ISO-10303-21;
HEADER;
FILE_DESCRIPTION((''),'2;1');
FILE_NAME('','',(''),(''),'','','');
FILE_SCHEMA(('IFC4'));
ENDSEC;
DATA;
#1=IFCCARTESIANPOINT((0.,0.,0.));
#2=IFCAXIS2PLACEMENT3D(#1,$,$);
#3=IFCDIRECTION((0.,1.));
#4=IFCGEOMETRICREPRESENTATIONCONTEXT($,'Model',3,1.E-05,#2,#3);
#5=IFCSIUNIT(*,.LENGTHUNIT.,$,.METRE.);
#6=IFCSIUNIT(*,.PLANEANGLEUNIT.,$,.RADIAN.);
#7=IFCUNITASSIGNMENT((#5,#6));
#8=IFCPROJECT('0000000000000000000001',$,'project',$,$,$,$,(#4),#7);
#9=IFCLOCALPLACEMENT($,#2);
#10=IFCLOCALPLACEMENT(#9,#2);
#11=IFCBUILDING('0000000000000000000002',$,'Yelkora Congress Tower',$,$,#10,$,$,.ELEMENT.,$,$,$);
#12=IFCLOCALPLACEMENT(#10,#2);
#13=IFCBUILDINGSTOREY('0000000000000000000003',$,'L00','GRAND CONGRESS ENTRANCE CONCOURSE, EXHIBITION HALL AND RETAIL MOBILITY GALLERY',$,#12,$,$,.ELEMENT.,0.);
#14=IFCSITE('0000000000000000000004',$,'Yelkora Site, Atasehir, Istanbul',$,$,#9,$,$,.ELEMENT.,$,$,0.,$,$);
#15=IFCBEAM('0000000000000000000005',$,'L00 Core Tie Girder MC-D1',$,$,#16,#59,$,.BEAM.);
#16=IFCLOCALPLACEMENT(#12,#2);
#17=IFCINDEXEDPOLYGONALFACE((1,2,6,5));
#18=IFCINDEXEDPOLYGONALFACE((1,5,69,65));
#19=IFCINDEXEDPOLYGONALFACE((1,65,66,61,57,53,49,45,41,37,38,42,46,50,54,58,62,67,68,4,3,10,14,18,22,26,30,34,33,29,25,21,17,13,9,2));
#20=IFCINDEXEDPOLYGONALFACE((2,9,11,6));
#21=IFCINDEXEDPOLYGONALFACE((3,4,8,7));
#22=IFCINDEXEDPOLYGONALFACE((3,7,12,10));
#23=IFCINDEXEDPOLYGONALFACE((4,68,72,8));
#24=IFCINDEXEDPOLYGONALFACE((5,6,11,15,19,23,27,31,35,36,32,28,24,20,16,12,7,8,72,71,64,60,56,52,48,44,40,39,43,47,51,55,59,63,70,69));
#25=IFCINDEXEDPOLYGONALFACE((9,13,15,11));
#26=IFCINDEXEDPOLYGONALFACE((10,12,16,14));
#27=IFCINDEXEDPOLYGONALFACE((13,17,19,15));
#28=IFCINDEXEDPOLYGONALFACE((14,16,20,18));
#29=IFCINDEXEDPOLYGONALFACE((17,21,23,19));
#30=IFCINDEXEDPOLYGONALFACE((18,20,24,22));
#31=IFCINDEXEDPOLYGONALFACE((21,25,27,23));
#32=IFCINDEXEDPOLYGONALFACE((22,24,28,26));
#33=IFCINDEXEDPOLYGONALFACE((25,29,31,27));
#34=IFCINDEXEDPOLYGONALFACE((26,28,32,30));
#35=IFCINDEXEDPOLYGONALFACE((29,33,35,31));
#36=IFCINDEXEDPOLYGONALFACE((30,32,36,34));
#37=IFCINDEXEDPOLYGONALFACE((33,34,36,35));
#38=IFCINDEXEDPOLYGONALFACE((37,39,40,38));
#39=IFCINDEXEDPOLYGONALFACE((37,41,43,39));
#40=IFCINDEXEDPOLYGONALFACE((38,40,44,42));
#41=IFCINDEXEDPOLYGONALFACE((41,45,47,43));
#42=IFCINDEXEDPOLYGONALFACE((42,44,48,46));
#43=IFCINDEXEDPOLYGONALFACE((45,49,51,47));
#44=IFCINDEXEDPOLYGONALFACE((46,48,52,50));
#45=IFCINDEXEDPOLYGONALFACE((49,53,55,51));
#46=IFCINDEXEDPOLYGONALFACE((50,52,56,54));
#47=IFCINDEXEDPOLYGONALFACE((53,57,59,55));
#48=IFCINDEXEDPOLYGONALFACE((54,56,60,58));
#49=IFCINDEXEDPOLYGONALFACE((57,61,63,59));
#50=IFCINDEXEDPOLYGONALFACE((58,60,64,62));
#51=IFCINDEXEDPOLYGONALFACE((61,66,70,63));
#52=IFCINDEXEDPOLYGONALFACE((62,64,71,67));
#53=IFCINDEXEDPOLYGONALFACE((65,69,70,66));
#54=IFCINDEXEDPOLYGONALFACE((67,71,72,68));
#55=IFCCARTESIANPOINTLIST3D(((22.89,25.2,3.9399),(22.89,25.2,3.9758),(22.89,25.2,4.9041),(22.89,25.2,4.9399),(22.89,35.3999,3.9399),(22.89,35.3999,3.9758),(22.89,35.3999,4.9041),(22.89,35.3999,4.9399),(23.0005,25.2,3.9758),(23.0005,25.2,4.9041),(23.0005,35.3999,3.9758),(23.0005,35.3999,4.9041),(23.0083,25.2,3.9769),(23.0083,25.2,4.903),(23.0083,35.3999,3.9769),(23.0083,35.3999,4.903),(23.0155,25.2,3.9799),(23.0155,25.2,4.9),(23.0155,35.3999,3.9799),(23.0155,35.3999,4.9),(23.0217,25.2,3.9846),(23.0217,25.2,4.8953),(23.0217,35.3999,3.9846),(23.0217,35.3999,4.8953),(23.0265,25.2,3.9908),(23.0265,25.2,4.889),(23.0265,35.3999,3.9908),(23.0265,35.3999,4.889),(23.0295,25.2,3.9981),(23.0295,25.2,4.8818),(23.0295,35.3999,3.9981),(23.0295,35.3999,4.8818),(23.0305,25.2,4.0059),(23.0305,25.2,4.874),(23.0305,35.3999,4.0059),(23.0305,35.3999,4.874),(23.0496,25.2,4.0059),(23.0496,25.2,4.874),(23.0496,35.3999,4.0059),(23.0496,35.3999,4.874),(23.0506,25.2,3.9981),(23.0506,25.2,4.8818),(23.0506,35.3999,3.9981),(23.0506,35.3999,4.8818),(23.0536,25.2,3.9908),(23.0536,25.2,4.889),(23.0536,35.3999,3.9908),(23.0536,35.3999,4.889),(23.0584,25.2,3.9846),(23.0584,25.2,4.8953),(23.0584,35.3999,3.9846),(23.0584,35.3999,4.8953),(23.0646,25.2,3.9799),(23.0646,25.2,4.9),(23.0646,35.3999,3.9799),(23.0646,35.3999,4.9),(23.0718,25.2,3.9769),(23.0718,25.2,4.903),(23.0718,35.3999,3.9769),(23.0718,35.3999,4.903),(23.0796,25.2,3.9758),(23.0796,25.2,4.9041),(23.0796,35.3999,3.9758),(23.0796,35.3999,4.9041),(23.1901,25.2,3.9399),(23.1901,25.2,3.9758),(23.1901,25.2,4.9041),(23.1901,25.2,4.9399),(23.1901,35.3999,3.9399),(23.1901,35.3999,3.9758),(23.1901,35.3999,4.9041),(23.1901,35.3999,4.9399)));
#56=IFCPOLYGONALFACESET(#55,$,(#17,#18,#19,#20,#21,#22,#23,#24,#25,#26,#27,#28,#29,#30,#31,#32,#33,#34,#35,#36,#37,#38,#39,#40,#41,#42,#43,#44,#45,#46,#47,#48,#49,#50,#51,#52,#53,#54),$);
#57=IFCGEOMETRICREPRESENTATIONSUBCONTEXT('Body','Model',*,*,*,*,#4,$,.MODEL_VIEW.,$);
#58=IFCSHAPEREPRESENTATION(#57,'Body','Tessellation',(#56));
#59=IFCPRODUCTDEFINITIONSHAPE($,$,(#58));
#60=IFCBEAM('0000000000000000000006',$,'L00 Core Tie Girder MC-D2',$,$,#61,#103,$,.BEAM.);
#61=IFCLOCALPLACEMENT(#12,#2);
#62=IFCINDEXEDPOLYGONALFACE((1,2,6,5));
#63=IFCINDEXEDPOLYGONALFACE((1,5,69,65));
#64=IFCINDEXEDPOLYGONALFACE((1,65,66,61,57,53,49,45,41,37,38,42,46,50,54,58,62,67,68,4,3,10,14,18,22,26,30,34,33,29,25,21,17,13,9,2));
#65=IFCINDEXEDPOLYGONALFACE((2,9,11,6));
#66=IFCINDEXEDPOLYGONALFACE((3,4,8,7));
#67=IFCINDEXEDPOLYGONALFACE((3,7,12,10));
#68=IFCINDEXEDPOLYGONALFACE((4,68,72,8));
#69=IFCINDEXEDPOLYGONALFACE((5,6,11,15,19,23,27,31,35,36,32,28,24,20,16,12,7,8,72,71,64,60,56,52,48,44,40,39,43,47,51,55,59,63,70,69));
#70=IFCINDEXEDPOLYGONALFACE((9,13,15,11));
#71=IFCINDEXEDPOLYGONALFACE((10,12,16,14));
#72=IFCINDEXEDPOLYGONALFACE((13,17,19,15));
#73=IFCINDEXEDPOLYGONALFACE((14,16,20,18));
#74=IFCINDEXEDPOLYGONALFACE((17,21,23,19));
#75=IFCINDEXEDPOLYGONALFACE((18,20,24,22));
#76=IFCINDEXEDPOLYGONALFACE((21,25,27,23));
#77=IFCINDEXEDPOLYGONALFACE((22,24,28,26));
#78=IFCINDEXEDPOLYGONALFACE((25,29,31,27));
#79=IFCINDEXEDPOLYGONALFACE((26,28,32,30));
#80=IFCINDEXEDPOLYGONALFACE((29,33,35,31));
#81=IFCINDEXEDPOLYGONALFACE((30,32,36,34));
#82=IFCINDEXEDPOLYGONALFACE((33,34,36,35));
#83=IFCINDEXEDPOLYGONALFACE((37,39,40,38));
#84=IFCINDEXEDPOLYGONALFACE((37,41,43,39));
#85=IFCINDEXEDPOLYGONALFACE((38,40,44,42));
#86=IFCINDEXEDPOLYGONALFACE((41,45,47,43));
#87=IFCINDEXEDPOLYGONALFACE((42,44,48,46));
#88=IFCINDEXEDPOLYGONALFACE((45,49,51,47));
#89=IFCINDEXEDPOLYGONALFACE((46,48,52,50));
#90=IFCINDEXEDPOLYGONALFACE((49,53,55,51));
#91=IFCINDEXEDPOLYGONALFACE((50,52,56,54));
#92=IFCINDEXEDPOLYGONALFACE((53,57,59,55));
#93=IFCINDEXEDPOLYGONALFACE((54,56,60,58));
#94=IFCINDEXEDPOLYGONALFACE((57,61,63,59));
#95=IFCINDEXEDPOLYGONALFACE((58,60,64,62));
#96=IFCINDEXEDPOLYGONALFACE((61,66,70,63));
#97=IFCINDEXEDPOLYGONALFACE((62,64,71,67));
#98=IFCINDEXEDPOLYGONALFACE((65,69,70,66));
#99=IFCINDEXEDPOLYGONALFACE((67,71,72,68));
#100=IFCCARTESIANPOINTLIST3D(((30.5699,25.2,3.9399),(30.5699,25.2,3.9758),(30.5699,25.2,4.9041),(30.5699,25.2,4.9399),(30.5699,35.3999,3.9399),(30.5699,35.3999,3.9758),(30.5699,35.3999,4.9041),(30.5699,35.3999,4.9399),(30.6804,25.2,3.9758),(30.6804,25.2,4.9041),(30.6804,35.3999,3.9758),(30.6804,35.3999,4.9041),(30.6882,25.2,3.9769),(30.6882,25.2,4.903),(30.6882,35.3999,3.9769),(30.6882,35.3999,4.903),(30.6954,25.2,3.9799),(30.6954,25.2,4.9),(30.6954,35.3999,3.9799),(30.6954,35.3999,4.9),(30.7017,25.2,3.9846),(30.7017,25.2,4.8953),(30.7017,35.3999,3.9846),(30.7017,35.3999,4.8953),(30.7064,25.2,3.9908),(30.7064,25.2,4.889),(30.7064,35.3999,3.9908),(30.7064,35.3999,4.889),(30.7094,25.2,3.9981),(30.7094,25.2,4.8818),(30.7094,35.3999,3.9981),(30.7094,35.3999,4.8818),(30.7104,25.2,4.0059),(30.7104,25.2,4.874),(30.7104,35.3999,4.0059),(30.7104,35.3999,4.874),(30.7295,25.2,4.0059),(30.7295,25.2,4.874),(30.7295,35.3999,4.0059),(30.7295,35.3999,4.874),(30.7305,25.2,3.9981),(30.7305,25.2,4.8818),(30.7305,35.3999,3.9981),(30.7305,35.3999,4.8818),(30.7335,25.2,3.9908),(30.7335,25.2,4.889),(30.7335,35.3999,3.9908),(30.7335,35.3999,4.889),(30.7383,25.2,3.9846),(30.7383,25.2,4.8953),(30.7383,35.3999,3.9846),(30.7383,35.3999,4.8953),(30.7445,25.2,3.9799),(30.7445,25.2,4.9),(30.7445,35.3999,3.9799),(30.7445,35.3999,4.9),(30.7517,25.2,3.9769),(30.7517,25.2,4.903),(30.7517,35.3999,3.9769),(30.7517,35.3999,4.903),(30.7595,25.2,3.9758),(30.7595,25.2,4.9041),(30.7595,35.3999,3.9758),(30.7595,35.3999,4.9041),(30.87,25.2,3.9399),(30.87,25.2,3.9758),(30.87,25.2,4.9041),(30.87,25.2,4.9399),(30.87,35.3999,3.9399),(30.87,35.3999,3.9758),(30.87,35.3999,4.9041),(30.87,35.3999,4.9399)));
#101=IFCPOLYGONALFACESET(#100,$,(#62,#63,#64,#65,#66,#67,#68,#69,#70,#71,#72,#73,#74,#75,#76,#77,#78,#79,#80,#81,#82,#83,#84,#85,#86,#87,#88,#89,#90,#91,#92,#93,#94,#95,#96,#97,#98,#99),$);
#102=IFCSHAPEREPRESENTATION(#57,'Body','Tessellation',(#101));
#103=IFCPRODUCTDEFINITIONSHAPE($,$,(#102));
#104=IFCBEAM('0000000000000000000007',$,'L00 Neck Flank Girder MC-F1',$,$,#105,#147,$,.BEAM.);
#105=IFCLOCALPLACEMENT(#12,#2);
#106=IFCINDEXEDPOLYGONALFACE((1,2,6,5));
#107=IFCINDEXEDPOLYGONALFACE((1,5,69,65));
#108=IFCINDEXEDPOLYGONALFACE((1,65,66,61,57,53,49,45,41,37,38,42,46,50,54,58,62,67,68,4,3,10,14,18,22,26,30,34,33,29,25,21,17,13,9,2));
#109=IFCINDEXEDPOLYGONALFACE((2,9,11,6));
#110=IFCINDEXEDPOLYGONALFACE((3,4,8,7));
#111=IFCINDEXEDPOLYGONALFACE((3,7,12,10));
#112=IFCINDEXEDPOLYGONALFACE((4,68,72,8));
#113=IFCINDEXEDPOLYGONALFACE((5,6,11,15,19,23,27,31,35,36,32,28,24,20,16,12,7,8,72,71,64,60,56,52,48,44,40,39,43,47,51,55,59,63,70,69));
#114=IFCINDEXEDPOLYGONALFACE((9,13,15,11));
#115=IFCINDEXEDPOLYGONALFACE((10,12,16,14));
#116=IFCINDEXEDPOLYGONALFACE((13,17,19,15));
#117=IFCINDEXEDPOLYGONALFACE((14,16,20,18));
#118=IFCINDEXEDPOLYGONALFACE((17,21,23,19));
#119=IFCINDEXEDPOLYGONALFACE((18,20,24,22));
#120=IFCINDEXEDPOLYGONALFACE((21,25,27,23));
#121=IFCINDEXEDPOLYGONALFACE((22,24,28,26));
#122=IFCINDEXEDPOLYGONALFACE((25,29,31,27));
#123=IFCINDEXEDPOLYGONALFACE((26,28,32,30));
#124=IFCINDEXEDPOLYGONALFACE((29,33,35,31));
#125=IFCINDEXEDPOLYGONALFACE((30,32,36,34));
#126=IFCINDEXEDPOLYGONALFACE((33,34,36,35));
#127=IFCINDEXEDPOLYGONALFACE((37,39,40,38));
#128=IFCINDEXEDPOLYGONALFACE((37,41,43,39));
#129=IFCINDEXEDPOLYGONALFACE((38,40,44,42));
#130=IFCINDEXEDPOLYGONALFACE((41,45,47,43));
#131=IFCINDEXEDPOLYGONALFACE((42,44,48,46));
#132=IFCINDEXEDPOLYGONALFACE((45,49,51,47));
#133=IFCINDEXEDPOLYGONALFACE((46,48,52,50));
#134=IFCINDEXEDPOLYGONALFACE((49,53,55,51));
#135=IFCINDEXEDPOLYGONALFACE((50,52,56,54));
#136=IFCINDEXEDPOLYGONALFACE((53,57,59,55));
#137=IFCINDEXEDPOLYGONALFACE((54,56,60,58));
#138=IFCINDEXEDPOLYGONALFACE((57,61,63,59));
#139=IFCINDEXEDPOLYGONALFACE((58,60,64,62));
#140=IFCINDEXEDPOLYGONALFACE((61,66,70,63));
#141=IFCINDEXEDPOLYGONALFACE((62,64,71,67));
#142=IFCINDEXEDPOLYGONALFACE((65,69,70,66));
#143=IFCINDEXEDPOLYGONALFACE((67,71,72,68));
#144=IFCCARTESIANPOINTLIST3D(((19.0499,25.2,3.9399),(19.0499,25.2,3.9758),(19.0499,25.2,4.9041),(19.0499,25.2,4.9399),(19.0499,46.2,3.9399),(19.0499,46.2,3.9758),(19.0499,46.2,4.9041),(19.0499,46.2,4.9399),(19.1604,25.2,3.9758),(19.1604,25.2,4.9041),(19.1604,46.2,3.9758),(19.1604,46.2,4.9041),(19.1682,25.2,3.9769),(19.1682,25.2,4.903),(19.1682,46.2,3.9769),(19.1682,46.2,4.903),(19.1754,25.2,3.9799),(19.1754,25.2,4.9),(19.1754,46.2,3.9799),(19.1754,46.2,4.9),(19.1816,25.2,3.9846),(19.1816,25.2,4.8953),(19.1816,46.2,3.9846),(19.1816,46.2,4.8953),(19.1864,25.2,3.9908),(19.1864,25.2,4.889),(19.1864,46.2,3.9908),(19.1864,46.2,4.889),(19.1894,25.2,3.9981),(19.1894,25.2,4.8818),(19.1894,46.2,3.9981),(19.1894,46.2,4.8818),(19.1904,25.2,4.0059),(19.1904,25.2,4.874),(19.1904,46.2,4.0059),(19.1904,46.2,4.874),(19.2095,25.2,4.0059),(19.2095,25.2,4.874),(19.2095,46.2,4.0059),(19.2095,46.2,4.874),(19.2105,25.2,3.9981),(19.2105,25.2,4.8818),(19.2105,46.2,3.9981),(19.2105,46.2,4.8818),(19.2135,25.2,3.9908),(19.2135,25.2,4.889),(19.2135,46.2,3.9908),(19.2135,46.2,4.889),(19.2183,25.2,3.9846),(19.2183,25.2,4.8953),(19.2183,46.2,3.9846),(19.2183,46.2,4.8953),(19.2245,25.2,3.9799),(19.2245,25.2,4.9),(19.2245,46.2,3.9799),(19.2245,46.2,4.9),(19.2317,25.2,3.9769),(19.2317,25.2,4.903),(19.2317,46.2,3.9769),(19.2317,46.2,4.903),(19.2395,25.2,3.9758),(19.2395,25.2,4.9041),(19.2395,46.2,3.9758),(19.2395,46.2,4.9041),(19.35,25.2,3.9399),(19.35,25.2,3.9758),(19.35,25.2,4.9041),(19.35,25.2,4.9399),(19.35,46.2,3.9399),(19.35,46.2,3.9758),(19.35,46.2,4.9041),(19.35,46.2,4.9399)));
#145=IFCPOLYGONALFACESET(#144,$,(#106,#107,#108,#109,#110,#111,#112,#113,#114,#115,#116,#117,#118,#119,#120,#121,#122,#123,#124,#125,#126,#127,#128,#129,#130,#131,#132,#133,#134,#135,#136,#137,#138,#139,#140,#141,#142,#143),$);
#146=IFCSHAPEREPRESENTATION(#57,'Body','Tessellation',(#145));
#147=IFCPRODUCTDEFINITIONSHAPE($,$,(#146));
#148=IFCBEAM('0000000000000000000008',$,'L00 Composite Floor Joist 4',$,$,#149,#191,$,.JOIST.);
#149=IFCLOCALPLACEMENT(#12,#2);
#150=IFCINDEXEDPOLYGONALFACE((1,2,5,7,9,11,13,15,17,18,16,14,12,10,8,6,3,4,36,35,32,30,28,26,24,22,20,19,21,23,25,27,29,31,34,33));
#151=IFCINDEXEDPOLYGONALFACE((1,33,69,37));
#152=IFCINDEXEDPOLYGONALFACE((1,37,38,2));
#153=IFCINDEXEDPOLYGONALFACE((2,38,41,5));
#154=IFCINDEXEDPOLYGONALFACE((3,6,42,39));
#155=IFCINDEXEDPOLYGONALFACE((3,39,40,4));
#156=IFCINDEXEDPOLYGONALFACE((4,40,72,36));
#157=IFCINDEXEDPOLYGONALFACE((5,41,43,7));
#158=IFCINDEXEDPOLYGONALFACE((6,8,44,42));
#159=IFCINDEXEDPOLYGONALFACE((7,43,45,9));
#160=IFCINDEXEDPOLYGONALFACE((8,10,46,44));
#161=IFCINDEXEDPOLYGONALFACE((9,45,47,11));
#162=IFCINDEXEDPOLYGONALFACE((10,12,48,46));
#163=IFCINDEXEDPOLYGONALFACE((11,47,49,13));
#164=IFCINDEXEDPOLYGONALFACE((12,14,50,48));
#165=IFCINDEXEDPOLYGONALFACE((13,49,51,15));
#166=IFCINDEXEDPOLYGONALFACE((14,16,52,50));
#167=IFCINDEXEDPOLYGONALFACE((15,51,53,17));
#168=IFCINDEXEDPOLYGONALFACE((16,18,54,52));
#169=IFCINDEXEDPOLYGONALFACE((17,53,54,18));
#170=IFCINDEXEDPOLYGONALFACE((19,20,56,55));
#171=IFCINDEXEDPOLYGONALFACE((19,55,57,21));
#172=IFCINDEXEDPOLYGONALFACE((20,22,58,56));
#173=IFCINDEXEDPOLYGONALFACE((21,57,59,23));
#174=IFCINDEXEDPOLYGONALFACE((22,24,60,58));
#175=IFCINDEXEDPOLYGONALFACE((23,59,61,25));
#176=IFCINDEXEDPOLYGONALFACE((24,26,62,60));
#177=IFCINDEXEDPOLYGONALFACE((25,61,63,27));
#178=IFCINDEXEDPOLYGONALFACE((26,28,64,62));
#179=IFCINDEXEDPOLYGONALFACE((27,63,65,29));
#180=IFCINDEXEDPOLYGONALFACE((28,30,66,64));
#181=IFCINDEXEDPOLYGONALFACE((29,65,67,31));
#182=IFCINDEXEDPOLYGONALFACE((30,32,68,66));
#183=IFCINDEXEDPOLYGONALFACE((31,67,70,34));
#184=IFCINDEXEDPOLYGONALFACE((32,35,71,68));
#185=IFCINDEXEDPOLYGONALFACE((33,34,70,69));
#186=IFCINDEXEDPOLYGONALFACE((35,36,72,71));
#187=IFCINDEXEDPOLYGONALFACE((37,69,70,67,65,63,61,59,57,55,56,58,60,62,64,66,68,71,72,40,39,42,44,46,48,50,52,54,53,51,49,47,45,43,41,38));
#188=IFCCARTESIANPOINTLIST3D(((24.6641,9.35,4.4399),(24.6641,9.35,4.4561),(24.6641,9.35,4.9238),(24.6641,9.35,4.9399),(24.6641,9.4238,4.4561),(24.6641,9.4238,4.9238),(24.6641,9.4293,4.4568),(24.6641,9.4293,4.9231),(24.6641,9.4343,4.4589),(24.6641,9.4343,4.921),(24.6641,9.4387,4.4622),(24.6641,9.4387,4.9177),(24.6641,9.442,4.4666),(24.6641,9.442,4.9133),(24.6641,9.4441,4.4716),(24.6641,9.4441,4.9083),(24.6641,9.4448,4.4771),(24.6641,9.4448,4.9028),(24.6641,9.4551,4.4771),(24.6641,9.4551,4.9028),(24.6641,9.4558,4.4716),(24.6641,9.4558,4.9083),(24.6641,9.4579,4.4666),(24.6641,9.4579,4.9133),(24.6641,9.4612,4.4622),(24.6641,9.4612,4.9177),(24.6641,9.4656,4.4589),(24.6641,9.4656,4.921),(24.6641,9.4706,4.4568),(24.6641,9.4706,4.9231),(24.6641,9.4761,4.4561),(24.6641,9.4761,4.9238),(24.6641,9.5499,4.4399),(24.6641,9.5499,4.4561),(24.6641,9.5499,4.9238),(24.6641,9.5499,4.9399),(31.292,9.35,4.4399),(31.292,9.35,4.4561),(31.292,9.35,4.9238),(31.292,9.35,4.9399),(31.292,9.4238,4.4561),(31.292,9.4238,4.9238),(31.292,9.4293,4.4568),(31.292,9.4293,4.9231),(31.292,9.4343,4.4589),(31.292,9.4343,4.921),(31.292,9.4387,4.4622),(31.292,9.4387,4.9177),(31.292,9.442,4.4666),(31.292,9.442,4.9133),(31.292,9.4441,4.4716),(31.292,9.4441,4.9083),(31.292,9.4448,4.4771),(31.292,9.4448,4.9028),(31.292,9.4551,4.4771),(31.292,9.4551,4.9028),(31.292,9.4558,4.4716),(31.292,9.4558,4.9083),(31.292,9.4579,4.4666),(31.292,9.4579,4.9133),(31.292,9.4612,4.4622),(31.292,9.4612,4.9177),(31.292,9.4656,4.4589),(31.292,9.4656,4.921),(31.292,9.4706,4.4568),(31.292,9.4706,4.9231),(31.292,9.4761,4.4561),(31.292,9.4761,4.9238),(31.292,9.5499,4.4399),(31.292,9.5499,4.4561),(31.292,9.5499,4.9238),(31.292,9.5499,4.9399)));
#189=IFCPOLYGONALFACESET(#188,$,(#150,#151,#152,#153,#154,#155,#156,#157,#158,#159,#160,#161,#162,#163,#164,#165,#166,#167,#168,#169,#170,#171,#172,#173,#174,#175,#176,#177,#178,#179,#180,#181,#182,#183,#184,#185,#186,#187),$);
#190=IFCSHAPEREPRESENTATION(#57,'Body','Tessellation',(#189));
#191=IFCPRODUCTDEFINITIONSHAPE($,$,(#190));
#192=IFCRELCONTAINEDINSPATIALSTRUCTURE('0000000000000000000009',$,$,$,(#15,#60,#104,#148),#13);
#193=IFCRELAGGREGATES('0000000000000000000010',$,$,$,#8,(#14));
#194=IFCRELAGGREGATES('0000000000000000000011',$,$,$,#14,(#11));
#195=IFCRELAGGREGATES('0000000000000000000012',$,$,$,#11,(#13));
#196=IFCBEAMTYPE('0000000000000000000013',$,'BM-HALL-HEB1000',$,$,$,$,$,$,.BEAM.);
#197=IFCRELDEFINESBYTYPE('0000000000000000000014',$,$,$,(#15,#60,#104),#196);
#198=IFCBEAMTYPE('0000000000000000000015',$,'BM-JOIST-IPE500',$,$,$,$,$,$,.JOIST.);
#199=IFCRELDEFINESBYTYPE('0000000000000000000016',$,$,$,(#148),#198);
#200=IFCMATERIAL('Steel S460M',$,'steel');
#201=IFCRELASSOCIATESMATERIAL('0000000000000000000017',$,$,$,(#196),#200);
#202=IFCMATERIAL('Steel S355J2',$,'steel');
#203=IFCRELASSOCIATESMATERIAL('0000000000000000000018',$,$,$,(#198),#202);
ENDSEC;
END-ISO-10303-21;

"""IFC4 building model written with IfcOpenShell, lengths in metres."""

from ifc_helpers import new_model, si_unit, direction, frame, origin, origin_2d, place, context, subcontext, project, spatial, i_section, extrude, material, material_profile, profile_set, type_object, element, save


model = new_model("IFC4")

# Units and contexts
model_context = context("Model", 3, precision=1e-05, world=origin(), true_north=direction((0.0, 1.0)))
body_context = subcontext(model_context, "Body", "Model", "MODEL_VIEW")
ifc_project = project(units=[si_unit("LENGTHUNIT", "METRE"), si_unit("PLANEANGLEUNIT", "RADIAN")], contexts=[model_context])

# Site, building, storey
site_placement = place(None, origin())
site = spatial("IfcSite", under=ifc_project, at=site_placement, Name="Yelkora Site, Atasehir, Istanbul", CompositionType="ELEMENT", RefElevation=0.0)
building_placement = place(site_placement, origin())
building = spatial("IfcBuilding", under=site, at=building_placement, Name="Yelkora Congress Tower", CompositionType="ELEMENT")
storey_placement = place(building_placement, origin())
storey = spatial("IfcBuildingStorey", under=building, at=storey_placement, Name="L00", Description="GRAND CONGRESS ENTRANCE CONCOURSE, EXHIBITION HALL AND RETAIL MOBILITY GALLERY", CompositionType="ELEMENT", Elevation=0.0)

# Beams
ifc_material_1 = material(Name="Steel S460M", Category="steel")
ifc_material_profile_1 = material_profile(ifc_material_1, i_section(OverallWidth=0.3, OverallDepth=1.0, WebThickness=0.019, FlangeThickness=0.0359, FilletRadius=0.03, at=origin_2d()), Name="HEB 1000")
ifc_profile_set_1 = profile_set([ifc_material_profile_1], Name="Steel S460M")
beam_type_1 = type_object("IfcBeamType", Name="BM-HALL-HEB1000", PredefinedType="BEAM", material=ifc_profile_set_1)
for number, where, z_axis, x_axis, name in (
    (1, (23.04, 25.2, 4.4399), (0.0, 1.0, 0.0), (-1.0, 0.0, 0.0), "L00 Core Tie Girder MC-D1"),
    (2, (30.72, 25.2, 4.4399), (0.0, 1.0, 0.0), (-1.0, 0.0, 0.0), "L00 Core Tie Girder MC-D2"),
):
    element("IfcBeam", number, at=place(storey_placement, frame(where, z_axis=z_axis, x_axis=x_axis)), inside=storey, type_object=beam_type_1, Name=name, PredefinedType="BEAM", context=body_context, shape_type="SweptSolid", body=[
        extrude(i_section(OverallWidth=0.3, OverallDepth=1.0, WebThickness=0.019, FlangeThickness=0.0359, FilletRadius=0.03, at=origin_2d()), origin(), (0.0, 0.0, 1.0), 10.2),
    ])
beam_1_placement = place(storey_placement, frame((19.2, 25.2, 4.4399), z_axis=(0.0, 1.0, 0.0), x_axis=(-1.0, 0.0, 0.0)))
element("IfcBeam", 3, at=beam_1_placement, inside=storey, type_object=beam_type_1, Name="L00 Neck Flank Girder MC-F1", PredefinedType="BEAM", context=body_context, shape_type="SweptSolid", body=[
    extrude(i_section(OverallWidth=0.3, OverallDepth=1.0, WebThickness=0.019, FlangeThickness=0.0359, FilletRadius=0.03, at=origin_2d()), origin(), (0.0, 0.0, 1.0), 21.0),
])
ifc_material_2 = material(Name="Steel S355J2", Category="steel")
ifc_material_profile_2 = material_profile(ifc_material_2, i_section(OverallWidth=0.2, OverallDepth=0.5, WebThickness=0.0103, FlangeThickness=0.0161, FilletRadius=0.021, at=origin_2d()), Name="IPE 500")
ifc_profile_set_2 = profile_set([ifc_material_profile_2], Name="Steel S355J2")
beam_type_2 = type_object("IfcBeamType", Name="BM-JOIST-IPE500", PredefinedType="JOIST", material=ifc_profile_set_2)
for number, where, z_axis, x_axis, name in (
    (4, (24.6641, 9.45, 4.6899), (1.0, 0.0, 0.0), (0.0, 1.0, 0.0), "L00 Composite Floor Joist 4"),
):
    element("IfcBeam", number, at=place(storey_placement, frame(where, z_axis=z_axis, x_axis=x_axis)), inside=storey, type_object=beam_type_2, Name=name, PredefinedType="JOIST", context=body_context, shape_type="SweptSolid", body=[
        extrude(i_section(OverallWidth=0.2, OverallDepth=0.5, WebThickness=0.0103, FlangeThickness=0.0161, FilletRadius=0.021, at=origin_2d()), origin(), (0.0, 0.0, 1.0), 6.6279),
    ])

save(model, "model.ifc")
